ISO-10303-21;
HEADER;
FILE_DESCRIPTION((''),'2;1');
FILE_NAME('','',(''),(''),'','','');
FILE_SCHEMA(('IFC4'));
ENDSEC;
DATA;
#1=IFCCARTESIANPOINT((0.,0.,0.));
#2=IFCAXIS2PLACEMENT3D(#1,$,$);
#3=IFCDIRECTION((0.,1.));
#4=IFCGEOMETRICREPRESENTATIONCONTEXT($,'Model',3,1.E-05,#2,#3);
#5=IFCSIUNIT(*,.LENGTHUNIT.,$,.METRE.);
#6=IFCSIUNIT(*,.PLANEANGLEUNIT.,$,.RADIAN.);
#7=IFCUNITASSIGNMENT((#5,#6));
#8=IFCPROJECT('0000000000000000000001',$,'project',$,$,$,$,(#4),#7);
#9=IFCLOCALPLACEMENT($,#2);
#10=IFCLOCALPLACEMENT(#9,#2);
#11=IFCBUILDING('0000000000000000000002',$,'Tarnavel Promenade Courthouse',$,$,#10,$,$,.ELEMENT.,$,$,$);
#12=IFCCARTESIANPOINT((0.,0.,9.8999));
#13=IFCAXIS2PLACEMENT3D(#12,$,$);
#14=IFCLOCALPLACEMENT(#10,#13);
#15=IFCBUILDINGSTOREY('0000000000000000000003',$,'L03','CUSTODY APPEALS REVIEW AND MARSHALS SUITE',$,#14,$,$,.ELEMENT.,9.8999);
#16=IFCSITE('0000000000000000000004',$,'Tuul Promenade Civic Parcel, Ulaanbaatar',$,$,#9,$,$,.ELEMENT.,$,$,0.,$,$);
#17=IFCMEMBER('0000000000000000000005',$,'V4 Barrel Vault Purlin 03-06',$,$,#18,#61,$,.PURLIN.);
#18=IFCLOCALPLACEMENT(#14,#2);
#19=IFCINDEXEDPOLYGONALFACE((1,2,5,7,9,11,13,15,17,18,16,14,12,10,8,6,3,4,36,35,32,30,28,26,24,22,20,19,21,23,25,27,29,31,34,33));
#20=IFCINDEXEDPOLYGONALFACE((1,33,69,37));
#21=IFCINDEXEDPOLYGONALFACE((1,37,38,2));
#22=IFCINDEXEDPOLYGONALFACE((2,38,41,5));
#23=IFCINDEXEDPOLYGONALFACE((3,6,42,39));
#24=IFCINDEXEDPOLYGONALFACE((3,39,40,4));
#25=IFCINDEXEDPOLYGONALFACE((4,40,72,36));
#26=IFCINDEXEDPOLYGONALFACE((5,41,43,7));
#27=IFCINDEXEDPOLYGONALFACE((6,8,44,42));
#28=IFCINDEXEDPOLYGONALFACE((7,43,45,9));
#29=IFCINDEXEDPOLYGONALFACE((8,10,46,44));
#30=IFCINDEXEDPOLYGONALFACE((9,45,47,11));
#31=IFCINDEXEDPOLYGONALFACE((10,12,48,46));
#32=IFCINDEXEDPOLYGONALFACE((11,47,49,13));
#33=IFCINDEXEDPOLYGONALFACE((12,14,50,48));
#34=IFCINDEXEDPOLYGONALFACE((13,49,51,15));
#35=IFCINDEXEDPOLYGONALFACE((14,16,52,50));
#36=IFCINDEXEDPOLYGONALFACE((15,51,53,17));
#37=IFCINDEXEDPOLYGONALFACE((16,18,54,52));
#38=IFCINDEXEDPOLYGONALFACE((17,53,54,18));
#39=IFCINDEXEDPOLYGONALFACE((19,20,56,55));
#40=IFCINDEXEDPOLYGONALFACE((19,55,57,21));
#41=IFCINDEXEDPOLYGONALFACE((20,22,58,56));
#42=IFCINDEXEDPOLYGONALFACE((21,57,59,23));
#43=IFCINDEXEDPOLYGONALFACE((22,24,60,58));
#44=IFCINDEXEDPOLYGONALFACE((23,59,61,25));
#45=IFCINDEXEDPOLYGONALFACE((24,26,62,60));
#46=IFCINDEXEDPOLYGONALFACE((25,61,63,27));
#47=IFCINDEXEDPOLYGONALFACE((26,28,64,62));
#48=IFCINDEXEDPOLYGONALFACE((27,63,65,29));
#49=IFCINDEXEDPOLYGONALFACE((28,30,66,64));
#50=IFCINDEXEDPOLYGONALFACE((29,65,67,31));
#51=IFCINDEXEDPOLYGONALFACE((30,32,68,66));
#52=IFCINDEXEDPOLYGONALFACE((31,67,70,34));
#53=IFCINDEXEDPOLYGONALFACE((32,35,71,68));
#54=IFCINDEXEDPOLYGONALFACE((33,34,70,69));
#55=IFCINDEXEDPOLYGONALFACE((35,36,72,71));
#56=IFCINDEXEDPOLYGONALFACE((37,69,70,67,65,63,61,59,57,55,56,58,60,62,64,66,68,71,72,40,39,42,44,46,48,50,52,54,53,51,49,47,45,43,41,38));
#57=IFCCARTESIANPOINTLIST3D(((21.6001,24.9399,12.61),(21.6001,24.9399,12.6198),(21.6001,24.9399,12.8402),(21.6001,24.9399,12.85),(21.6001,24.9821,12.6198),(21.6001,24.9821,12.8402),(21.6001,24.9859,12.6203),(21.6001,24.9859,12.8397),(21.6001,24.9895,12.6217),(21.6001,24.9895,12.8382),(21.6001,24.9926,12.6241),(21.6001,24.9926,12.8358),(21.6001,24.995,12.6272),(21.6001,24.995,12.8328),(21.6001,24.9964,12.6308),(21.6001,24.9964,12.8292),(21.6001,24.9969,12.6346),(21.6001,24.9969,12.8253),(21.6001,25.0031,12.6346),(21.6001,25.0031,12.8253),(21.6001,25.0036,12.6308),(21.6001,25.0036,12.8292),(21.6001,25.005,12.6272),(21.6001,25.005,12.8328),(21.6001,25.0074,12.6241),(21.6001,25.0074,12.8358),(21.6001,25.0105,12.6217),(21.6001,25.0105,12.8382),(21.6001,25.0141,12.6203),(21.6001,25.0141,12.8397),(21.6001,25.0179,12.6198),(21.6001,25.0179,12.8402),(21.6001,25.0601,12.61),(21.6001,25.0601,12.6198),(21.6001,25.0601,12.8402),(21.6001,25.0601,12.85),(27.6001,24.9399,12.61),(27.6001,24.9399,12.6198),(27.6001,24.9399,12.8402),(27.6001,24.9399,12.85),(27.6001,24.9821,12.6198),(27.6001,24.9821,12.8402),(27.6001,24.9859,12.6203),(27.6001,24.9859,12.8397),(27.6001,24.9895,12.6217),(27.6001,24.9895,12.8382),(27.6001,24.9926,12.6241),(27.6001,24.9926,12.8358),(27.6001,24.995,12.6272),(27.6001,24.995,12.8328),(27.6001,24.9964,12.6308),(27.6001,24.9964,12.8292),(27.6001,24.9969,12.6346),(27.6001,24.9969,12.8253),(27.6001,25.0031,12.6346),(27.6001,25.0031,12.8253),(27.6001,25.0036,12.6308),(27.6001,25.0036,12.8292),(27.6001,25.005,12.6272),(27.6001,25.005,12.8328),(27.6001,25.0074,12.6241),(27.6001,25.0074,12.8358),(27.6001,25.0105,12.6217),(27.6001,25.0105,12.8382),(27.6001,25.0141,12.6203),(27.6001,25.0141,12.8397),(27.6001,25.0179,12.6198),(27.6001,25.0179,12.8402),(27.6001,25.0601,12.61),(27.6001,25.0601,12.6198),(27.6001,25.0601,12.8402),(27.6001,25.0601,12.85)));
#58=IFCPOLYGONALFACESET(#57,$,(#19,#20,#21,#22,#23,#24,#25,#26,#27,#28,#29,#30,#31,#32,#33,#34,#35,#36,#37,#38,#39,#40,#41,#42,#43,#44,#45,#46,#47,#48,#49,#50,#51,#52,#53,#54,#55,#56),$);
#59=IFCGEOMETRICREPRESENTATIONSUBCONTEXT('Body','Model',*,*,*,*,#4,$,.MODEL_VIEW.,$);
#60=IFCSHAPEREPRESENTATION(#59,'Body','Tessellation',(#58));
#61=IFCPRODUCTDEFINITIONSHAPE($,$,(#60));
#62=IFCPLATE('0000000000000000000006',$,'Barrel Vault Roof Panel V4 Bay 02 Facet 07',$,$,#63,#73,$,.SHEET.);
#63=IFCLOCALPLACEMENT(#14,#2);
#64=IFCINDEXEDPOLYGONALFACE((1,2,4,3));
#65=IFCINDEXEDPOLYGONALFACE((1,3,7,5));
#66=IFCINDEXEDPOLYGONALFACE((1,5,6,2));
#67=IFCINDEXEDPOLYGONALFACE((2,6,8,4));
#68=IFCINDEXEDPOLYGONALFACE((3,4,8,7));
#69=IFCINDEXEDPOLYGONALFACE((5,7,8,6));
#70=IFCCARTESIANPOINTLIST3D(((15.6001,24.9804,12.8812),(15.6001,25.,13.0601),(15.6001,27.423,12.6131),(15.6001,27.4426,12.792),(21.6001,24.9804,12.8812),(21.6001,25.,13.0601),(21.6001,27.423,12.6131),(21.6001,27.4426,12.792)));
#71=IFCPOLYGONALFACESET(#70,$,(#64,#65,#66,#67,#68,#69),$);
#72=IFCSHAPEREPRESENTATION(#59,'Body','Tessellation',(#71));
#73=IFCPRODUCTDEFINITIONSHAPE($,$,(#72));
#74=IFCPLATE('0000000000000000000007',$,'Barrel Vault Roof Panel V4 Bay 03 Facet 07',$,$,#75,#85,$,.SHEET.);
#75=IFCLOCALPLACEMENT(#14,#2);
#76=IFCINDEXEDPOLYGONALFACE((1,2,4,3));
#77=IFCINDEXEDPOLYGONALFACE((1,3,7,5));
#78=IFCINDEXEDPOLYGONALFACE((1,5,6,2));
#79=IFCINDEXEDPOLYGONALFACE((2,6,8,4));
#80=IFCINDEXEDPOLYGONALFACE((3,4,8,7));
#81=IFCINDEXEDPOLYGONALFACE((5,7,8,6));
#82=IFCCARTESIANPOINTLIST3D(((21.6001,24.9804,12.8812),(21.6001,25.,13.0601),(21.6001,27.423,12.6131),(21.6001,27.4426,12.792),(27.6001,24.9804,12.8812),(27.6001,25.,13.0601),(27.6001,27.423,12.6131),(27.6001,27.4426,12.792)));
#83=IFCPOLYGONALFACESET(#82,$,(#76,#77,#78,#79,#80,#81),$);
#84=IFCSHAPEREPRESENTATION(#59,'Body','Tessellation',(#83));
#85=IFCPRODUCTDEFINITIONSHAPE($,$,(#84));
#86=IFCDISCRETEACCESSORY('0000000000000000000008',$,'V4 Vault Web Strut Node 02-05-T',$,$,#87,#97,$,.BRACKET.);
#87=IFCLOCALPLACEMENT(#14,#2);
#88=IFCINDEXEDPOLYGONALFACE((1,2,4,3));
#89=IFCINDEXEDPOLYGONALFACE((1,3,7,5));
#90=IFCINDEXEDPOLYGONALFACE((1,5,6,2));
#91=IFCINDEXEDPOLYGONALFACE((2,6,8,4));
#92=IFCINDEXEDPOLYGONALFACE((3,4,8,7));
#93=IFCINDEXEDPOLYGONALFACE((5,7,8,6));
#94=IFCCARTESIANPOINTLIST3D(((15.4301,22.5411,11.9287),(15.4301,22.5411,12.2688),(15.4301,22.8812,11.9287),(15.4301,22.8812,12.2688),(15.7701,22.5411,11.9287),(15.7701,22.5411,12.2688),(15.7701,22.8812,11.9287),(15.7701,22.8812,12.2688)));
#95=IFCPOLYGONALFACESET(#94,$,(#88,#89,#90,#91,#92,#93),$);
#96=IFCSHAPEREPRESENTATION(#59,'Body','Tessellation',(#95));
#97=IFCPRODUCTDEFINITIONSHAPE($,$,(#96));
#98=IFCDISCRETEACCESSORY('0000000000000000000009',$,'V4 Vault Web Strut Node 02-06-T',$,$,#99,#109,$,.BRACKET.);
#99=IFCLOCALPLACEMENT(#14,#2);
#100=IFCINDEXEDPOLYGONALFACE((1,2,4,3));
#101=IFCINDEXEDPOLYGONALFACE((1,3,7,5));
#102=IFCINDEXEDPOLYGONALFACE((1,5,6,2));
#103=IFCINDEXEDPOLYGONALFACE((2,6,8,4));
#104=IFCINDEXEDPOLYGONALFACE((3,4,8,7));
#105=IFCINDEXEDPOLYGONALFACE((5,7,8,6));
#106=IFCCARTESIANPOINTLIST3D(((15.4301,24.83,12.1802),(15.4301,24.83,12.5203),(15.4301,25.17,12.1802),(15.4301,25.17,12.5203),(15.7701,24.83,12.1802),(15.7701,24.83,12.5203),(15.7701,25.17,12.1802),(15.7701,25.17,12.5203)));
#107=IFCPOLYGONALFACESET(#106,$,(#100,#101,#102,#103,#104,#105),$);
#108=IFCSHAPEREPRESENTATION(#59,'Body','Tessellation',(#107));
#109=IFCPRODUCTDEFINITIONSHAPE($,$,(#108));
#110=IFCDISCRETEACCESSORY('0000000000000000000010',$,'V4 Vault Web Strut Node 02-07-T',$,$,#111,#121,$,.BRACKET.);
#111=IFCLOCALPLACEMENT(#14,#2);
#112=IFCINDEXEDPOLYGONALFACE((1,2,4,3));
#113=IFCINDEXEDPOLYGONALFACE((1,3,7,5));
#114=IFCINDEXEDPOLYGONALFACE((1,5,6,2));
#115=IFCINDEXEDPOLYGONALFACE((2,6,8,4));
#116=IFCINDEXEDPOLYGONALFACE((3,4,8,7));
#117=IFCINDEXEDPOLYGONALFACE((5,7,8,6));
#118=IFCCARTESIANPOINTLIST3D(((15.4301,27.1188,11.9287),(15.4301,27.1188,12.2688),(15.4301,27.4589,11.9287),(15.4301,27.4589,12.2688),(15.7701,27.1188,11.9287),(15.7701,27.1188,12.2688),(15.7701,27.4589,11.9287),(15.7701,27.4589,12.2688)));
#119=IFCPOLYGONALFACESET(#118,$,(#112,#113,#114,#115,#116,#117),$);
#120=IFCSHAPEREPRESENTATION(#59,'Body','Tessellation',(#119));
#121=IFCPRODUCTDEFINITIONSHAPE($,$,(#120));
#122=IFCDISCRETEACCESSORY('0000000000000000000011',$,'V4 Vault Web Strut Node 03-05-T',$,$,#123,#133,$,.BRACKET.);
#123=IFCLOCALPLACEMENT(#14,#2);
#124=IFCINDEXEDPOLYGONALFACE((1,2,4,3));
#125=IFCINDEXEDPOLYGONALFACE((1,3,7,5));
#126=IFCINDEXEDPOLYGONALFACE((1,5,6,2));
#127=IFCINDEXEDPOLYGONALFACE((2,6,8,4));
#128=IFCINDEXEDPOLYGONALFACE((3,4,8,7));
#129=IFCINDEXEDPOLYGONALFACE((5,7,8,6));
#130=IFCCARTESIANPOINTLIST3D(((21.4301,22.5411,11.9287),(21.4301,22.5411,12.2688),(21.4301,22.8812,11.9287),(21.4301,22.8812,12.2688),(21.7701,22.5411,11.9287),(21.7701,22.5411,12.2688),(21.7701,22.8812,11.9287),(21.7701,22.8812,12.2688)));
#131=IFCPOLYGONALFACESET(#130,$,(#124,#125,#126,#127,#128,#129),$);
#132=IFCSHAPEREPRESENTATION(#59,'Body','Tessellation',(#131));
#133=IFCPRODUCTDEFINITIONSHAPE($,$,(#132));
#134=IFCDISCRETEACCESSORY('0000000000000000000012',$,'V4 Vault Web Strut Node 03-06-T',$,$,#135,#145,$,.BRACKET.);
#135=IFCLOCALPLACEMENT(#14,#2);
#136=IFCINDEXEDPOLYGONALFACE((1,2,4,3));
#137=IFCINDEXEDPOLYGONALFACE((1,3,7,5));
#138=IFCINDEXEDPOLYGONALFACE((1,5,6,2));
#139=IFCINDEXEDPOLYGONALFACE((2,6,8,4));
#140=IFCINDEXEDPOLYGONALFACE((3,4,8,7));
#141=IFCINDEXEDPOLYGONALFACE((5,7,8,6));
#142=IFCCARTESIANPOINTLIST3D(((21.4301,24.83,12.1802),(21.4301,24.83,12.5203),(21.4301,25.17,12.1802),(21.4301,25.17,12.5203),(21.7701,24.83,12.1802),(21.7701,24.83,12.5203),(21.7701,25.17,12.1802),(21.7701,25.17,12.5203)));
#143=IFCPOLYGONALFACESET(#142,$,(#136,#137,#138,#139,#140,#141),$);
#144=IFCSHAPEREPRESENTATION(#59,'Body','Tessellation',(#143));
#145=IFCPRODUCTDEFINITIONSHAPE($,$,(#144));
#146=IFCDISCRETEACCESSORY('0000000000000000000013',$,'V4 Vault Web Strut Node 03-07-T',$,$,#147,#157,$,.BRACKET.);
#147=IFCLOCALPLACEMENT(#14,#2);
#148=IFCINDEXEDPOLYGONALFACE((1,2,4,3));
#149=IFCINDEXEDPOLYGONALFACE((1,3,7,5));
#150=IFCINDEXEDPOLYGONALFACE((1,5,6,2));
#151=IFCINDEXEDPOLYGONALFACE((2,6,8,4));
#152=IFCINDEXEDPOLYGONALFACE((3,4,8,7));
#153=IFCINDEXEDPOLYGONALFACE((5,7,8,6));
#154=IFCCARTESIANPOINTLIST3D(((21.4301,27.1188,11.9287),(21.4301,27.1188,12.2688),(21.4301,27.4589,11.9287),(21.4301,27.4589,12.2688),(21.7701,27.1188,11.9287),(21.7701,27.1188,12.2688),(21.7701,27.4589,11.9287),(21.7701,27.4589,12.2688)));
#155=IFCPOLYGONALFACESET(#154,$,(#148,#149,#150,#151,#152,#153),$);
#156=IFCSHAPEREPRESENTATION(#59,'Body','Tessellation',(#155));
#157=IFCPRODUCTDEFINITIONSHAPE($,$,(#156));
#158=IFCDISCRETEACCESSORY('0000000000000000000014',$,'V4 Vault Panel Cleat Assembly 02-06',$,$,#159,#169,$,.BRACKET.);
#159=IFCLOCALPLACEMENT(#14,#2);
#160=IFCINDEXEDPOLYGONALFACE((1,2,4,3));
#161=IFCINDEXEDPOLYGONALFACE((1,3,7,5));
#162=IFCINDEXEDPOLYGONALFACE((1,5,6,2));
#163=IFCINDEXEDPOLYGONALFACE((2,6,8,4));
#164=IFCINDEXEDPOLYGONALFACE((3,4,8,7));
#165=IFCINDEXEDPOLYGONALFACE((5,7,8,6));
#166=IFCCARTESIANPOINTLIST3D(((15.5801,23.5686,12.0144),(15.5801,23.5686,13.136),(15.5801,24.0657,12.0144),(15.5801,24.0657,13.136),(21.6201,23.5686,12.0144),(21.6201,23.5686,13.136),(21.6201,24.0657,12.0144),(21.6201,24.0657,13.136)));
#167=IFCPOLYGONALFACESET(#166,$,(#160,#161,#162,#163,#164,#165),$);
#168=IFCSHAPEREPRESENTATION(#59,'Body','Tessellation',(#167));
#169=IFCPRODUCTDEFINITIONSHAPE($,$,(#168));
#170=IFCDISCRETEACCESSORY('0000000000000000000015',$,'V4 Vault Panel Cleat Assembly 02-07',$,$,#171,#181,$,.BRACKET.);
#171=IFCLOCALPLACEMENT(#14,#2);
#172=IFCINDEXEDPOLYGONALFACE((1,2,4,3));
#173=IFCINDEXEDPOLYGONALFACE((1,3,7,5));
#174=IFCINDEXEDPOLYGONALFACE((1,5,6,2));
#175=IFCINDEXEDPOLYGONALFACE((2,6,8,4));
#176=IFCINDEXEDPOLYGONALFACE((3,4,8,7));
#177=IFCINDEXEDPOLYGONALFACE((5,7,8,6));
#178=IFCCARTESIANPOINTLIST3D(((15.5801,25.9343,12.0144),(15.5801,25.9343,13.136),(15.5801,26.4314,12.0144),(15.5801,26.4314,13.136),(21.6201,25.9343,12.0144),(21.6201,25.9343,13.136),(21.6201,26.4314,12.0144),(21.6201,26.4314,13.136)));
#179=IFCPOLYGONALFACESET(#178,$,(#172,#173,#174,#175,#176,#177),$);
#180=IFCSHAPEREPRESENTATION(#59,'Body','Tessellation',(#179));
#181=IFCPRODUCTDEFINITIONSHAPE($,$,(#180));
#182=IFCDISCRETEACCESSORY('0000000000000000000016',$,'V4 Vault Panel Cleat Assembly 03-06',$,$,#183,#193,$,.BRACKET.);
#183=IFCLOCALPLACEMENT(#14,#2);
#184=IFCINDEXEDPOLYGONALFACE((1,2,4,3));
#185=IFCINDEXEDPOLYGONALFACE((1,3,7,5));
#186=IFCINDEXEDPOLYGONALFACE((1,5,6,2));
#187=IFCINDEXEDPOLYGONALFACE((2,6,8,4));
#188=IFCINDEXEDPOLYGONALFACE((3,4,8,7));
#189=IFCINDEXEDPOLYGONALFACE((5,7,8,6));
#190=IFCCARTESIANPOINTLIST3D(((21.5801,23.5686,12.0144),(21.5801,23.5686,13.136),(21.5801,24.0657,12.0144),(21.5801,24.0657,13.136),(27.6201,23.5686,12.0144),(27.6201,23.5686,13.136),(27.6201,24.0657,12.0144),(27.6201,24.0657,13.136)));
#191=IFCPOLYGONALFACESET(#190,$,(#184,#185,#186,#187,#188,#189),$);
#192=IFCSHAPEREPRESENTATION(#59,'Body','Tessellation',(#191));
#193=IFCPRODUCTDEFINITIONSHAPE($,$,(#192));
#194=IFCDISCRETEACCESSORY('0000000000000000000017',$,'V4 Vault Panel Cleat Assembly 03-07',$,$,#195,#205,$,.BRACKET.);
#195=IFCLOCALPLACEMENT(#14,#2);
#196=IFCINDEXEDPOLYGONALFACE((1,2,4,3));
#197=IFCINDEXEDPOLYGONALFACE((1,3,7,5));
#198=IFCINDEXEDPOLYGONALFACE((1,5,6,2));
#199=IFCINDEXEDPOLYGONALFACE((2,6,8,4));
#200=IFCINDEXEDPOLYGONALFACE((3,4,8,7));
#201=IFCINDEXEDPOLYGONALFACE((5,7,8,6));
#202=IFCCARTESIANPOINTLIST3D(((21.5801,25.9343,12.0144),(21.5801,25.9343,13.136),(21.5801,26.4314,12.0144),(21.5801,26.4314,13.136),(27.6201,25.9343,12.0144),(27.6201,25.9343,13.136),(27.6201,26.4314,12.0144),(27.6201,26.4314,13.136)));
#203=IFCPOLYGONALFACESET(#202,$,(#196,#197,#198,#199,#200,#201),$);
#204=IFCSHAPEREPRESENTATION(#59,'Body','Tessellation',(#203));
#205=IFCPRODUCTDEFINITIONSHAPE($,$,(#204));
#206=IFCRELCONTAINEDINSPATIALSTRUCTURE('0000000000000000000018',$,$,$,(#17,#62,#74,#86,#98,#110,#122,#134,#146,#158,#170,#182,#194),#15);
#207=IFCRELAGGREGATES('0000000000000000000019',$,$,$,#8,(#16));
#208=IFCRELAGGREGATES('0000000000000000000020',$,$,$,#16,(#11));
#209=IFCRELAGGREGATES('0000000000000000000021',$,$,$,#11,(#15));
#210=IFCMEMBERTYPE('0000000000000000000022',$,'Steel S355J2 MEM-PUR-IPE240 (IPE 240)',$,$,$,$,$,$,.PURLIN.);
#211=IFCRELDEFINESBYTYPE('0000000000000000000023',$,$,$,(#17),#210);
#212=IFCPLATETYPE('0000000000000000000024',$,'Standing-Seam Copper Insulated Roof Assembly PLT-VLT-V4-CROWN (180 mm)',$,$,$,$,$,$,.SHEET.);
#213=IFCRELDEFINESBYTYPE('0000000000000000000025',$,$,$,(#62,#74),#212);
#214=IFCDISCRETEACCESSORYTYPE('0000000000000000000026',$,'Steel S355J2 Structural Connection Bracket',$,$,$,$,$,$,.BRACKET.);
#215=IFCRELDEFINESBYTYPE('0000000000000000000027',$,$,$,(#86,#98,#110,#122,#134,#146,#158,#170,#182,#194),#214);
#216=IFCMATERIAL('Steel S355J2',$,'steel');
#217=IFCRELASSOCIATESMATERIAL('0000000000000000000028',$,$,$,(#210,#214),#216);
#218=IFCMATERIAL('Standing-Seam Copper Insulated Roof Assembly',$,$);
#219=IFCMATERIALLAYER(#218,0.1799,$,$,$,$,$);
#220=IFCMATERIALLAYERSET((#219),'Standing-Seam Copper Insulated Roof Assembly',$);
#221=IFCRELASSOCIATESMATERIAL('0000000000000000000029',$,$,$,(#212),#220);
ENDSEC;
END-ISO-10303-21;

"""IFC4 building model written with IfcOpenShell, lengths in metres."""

from ifc_helpers import new_model, si_unit, direction, frame, origin, origin_2d, place, context, subcontext, project, spatial, polyline, rectangle, i_section, outline, extrude, material, layer, layer_set, material_profile, profile_set, type_object, element, save


model = new_model("IFC4")

# Units and contexts
model_context = context("Model", 3, precision=1e-05, world=origin(), true_north=direction((0.0, 1.0)))
body_context = subcontext(model_context, "Body", "Model", "MODEL_VIEW")
ifc_project = project(units=[si_unit("LENGTHUNIT", "METRE"), si_unit("PLANEANGLEUNIT", "RADIAN")], contexts=[model_context])

# Site, building, storey
site_placement = place(None, origin())
site = spatial("IfcSite", under=ifc_project, at=site_placement, Name="Tuul Promenade Civic Parcel, Ulaanbaatar", CompositionType="ELEMENT", RefElevation=0.0)
building_placement = place(site_placement, origin())
building = spatial("IfcBuilding", under=site, at=building_placement, Name="Tarnavel Promenade Courthouse", CompositionType="ELEMENT")
storey_placement = place(building_placement, frame((0.0, 0.0, 9.8999)))
storey = spatial("IfcBuildingStorey", under=building, at=storey_placement, Name="L03", Description="CUSTODY APPEALS REVIEW AND MARSHALS SUITE", CompositionType="ELEMENT", Elevation=9.8999)

# Shared definitions
ifc_material_1 = material(Name="Steel S355J2", Category="steel")

# Member
ifc_material_profile_1 = material_profile(ifc_material_1, i_section(OverallWidth=0.1201, OverallDepth=0.24, WebThickness=0.0061, FlangeThickness=0.0098, FilletRadius=0.0149, at=origin_2d()), Name="IPE 240")
ifc_profile_set_1 = profile_set([ifc_material_profile_1], Name="Steel S355J2")
member_type = type_object("IfcMemberType", Name="Steel S355J2 MEM-PUR-IPE240 (IPE 240)", PredefinedType="PURLIN", material=ifc_profile_set_1)
for number, where, z_axis, x_axis, name in (
    (1, (21.6001, 25.0, 12.73), (1.0, 0.0, 0.0), (0.0, 1.0, 0.0), "V4 Barrel Vault Purlin 03-06"),
):
    element("IfcMember", number, at=place(storey_placement, frame(where, z_axis=z_axis, x_axis=x_axis)), inside=storey, type_object=member_type, Name=name, PredefinedType="PURLIN", context=body_context, shape_type="SweptSolid", body=[
        extrude(i_section(OverallWidth=0.1201, OverallDepth=0.24, WebThickness=0.0061, FlangeThickness=0.0098, FilletRadius=0.0149, at=origin_2d()), origin(), (0.0, 0.0, 1.0), 6.0),
    ])

# Plates
ifc_material_2 = material(Name="Standing-Seam Copper Insulated Roof Assembly")
ifc_layer = layer(ifc_material_2, 0.1799)
ifc_layer_set = layer_set([ifc_layer], Name="Standing-Seam Copper Insulated Roof Assembly")
plate_type = type_object("IfcPlateType", Name="Standing-Seam Copper Insulated Roof Assembly PLT-VLT-V4-CROWN (180 mm)", PredefinedType="SHEET", material=ifc_layer_set)
for number, where, z_axis, x_axis, name in (
    (2, (15.6001, 25.0, 13.0601), (0.0, 0.10909, 0.994032), (1.0, 0.0, 0.0), "Barrel Vault Roof Panel V4 Bay 02 Facet 07"),
    (3, (21.6001, 25.0, 13.0601), (0.0, 0.10909, 0.994032), (1.0, 0.0, 0.0), "Barrel Vault Roof Panel V4 Bay 03 Facet 07"),
):
    element("IfcPlate", number, at=place(storey_placement, frame(where, z_axis=z_axis, x_axis=x_axis)), inside=storey, type_object=plate_type, Name=name, PredefinedType="SHEET", context=body_context, shape_type="SweptSolid", body=[
        extrude(outline(polyline([(0.0, 0.0), (6.0, 0.0), (6.0, 2.4573), (0.0, 2.4573), (0.0, 0.0)])), origin(), (0.0, 0.0, -1.0), 0.1799),
    ])

# Discrete accessories
discrete_accessory_type = type_object("IfcDiscreteAccessoryType", Name="Steel S355J2 Structural Connection Bracket", PredefinedType="BRACKET", material=ifc_material_1)
for number, where, z_axis, x_axis, name in (
    (4, (15.6001, 22.7112, 11.9287), (0.0, 0.0, 1.0), (1.0, 0.0, 0.0), "V4 Vault Web Strut Node 02-05-T"),
    (5, (15.6001, 25.0, 12.1802), (0.0, 0.0, 1.0), (1.0, 0.0, 0.0), "V4 Vault Web Strut Node 02-06-T"),
    (6, (15.6001, 27.2888, 11.9287), (0.0, 0.0, 1.0), (1.0, 0.0, 0.0), "V4 Vault Web Strut Node 02-07-T"),
    (7, (21.6001, 22.7112, 11.9287), (0.0, 0.0, 1.0), (1.0, 0.0, 0.0), "V4 Vault Web Strut Node 03-05-T"),
    (8, (21.6001, 25.0, 12.1802), (0.0, 0.0, 1.0), (1.0, 0.0, 0.0), "V4 Vault Web Strut Node 03-06-T"),
    (9, (21.6001, 27.2888, 11.9287), (0.0, 0.0, 1.0), (1.0, 0.0, 0.0), "V4 Vault Web Strut Node 03-07-T"),
):
    element("IfcDiscreteAccessory", number, at=place(storey_placement, frame(where, z_axis=z_axis, x_axis=x_axis)), inside=storey, type_object=discrete_accessory_type, Name=name, PredefinedType="BRACKET", context=body_context, shape_type="SweptSolid", body=[
        extrude(rectangle(XDim=0.3401, YDim=0.3401, at=origin_2d()), origin(), (0.0, 0.0, 1.0), 0.3401),
    ])
for number, where, z_axis, x_axis, name in (
    (10, (18.6001, 23.8171, 12.0144), (0.0, 0.0, 1.0), (1.0, 0.0, 0.0), "V4 Vault Panel Cleat Assembly 02-06"),
    (11, (18.6001, 26.1829, 12.0144), (0.0, 0.0, 1.0), (1.0, 0.0, 0.0), "V4 Vault Panel Cleat Assembly 02-07"),
    (12, (24.6001, 23.8171, 12.0144), (0.0, 0.0, 1.0), (1.0, 0.0, 0.0), "V4 Vault Panel Cleat Assembly 03-06"),
    (13, (24.6001, 26.1829, 12.0144), (0.0, 0.0, 1.0), (1.0, 0.0, 0.0), "V4 Vault Panel Cleat Assembly 03-07"),
):
    element("IfcDiscreteAccessory", number, at=place(storey_placement, frame(where, z_axis=z_axis, x_axis=x_axis)), inside=storey, type_object=discrete_accessory_type, Name=name, PredefinedType="BRACKET", context=body_context, shape_type="SweptSolid", body=[
        extrude(rectangle(XDim=6.04, YDim=0.4971, at=origin_2d()), origin(), (0.0, 0.0, 1.0), 1.1216),
    ])

save(model, "model.ifc")
